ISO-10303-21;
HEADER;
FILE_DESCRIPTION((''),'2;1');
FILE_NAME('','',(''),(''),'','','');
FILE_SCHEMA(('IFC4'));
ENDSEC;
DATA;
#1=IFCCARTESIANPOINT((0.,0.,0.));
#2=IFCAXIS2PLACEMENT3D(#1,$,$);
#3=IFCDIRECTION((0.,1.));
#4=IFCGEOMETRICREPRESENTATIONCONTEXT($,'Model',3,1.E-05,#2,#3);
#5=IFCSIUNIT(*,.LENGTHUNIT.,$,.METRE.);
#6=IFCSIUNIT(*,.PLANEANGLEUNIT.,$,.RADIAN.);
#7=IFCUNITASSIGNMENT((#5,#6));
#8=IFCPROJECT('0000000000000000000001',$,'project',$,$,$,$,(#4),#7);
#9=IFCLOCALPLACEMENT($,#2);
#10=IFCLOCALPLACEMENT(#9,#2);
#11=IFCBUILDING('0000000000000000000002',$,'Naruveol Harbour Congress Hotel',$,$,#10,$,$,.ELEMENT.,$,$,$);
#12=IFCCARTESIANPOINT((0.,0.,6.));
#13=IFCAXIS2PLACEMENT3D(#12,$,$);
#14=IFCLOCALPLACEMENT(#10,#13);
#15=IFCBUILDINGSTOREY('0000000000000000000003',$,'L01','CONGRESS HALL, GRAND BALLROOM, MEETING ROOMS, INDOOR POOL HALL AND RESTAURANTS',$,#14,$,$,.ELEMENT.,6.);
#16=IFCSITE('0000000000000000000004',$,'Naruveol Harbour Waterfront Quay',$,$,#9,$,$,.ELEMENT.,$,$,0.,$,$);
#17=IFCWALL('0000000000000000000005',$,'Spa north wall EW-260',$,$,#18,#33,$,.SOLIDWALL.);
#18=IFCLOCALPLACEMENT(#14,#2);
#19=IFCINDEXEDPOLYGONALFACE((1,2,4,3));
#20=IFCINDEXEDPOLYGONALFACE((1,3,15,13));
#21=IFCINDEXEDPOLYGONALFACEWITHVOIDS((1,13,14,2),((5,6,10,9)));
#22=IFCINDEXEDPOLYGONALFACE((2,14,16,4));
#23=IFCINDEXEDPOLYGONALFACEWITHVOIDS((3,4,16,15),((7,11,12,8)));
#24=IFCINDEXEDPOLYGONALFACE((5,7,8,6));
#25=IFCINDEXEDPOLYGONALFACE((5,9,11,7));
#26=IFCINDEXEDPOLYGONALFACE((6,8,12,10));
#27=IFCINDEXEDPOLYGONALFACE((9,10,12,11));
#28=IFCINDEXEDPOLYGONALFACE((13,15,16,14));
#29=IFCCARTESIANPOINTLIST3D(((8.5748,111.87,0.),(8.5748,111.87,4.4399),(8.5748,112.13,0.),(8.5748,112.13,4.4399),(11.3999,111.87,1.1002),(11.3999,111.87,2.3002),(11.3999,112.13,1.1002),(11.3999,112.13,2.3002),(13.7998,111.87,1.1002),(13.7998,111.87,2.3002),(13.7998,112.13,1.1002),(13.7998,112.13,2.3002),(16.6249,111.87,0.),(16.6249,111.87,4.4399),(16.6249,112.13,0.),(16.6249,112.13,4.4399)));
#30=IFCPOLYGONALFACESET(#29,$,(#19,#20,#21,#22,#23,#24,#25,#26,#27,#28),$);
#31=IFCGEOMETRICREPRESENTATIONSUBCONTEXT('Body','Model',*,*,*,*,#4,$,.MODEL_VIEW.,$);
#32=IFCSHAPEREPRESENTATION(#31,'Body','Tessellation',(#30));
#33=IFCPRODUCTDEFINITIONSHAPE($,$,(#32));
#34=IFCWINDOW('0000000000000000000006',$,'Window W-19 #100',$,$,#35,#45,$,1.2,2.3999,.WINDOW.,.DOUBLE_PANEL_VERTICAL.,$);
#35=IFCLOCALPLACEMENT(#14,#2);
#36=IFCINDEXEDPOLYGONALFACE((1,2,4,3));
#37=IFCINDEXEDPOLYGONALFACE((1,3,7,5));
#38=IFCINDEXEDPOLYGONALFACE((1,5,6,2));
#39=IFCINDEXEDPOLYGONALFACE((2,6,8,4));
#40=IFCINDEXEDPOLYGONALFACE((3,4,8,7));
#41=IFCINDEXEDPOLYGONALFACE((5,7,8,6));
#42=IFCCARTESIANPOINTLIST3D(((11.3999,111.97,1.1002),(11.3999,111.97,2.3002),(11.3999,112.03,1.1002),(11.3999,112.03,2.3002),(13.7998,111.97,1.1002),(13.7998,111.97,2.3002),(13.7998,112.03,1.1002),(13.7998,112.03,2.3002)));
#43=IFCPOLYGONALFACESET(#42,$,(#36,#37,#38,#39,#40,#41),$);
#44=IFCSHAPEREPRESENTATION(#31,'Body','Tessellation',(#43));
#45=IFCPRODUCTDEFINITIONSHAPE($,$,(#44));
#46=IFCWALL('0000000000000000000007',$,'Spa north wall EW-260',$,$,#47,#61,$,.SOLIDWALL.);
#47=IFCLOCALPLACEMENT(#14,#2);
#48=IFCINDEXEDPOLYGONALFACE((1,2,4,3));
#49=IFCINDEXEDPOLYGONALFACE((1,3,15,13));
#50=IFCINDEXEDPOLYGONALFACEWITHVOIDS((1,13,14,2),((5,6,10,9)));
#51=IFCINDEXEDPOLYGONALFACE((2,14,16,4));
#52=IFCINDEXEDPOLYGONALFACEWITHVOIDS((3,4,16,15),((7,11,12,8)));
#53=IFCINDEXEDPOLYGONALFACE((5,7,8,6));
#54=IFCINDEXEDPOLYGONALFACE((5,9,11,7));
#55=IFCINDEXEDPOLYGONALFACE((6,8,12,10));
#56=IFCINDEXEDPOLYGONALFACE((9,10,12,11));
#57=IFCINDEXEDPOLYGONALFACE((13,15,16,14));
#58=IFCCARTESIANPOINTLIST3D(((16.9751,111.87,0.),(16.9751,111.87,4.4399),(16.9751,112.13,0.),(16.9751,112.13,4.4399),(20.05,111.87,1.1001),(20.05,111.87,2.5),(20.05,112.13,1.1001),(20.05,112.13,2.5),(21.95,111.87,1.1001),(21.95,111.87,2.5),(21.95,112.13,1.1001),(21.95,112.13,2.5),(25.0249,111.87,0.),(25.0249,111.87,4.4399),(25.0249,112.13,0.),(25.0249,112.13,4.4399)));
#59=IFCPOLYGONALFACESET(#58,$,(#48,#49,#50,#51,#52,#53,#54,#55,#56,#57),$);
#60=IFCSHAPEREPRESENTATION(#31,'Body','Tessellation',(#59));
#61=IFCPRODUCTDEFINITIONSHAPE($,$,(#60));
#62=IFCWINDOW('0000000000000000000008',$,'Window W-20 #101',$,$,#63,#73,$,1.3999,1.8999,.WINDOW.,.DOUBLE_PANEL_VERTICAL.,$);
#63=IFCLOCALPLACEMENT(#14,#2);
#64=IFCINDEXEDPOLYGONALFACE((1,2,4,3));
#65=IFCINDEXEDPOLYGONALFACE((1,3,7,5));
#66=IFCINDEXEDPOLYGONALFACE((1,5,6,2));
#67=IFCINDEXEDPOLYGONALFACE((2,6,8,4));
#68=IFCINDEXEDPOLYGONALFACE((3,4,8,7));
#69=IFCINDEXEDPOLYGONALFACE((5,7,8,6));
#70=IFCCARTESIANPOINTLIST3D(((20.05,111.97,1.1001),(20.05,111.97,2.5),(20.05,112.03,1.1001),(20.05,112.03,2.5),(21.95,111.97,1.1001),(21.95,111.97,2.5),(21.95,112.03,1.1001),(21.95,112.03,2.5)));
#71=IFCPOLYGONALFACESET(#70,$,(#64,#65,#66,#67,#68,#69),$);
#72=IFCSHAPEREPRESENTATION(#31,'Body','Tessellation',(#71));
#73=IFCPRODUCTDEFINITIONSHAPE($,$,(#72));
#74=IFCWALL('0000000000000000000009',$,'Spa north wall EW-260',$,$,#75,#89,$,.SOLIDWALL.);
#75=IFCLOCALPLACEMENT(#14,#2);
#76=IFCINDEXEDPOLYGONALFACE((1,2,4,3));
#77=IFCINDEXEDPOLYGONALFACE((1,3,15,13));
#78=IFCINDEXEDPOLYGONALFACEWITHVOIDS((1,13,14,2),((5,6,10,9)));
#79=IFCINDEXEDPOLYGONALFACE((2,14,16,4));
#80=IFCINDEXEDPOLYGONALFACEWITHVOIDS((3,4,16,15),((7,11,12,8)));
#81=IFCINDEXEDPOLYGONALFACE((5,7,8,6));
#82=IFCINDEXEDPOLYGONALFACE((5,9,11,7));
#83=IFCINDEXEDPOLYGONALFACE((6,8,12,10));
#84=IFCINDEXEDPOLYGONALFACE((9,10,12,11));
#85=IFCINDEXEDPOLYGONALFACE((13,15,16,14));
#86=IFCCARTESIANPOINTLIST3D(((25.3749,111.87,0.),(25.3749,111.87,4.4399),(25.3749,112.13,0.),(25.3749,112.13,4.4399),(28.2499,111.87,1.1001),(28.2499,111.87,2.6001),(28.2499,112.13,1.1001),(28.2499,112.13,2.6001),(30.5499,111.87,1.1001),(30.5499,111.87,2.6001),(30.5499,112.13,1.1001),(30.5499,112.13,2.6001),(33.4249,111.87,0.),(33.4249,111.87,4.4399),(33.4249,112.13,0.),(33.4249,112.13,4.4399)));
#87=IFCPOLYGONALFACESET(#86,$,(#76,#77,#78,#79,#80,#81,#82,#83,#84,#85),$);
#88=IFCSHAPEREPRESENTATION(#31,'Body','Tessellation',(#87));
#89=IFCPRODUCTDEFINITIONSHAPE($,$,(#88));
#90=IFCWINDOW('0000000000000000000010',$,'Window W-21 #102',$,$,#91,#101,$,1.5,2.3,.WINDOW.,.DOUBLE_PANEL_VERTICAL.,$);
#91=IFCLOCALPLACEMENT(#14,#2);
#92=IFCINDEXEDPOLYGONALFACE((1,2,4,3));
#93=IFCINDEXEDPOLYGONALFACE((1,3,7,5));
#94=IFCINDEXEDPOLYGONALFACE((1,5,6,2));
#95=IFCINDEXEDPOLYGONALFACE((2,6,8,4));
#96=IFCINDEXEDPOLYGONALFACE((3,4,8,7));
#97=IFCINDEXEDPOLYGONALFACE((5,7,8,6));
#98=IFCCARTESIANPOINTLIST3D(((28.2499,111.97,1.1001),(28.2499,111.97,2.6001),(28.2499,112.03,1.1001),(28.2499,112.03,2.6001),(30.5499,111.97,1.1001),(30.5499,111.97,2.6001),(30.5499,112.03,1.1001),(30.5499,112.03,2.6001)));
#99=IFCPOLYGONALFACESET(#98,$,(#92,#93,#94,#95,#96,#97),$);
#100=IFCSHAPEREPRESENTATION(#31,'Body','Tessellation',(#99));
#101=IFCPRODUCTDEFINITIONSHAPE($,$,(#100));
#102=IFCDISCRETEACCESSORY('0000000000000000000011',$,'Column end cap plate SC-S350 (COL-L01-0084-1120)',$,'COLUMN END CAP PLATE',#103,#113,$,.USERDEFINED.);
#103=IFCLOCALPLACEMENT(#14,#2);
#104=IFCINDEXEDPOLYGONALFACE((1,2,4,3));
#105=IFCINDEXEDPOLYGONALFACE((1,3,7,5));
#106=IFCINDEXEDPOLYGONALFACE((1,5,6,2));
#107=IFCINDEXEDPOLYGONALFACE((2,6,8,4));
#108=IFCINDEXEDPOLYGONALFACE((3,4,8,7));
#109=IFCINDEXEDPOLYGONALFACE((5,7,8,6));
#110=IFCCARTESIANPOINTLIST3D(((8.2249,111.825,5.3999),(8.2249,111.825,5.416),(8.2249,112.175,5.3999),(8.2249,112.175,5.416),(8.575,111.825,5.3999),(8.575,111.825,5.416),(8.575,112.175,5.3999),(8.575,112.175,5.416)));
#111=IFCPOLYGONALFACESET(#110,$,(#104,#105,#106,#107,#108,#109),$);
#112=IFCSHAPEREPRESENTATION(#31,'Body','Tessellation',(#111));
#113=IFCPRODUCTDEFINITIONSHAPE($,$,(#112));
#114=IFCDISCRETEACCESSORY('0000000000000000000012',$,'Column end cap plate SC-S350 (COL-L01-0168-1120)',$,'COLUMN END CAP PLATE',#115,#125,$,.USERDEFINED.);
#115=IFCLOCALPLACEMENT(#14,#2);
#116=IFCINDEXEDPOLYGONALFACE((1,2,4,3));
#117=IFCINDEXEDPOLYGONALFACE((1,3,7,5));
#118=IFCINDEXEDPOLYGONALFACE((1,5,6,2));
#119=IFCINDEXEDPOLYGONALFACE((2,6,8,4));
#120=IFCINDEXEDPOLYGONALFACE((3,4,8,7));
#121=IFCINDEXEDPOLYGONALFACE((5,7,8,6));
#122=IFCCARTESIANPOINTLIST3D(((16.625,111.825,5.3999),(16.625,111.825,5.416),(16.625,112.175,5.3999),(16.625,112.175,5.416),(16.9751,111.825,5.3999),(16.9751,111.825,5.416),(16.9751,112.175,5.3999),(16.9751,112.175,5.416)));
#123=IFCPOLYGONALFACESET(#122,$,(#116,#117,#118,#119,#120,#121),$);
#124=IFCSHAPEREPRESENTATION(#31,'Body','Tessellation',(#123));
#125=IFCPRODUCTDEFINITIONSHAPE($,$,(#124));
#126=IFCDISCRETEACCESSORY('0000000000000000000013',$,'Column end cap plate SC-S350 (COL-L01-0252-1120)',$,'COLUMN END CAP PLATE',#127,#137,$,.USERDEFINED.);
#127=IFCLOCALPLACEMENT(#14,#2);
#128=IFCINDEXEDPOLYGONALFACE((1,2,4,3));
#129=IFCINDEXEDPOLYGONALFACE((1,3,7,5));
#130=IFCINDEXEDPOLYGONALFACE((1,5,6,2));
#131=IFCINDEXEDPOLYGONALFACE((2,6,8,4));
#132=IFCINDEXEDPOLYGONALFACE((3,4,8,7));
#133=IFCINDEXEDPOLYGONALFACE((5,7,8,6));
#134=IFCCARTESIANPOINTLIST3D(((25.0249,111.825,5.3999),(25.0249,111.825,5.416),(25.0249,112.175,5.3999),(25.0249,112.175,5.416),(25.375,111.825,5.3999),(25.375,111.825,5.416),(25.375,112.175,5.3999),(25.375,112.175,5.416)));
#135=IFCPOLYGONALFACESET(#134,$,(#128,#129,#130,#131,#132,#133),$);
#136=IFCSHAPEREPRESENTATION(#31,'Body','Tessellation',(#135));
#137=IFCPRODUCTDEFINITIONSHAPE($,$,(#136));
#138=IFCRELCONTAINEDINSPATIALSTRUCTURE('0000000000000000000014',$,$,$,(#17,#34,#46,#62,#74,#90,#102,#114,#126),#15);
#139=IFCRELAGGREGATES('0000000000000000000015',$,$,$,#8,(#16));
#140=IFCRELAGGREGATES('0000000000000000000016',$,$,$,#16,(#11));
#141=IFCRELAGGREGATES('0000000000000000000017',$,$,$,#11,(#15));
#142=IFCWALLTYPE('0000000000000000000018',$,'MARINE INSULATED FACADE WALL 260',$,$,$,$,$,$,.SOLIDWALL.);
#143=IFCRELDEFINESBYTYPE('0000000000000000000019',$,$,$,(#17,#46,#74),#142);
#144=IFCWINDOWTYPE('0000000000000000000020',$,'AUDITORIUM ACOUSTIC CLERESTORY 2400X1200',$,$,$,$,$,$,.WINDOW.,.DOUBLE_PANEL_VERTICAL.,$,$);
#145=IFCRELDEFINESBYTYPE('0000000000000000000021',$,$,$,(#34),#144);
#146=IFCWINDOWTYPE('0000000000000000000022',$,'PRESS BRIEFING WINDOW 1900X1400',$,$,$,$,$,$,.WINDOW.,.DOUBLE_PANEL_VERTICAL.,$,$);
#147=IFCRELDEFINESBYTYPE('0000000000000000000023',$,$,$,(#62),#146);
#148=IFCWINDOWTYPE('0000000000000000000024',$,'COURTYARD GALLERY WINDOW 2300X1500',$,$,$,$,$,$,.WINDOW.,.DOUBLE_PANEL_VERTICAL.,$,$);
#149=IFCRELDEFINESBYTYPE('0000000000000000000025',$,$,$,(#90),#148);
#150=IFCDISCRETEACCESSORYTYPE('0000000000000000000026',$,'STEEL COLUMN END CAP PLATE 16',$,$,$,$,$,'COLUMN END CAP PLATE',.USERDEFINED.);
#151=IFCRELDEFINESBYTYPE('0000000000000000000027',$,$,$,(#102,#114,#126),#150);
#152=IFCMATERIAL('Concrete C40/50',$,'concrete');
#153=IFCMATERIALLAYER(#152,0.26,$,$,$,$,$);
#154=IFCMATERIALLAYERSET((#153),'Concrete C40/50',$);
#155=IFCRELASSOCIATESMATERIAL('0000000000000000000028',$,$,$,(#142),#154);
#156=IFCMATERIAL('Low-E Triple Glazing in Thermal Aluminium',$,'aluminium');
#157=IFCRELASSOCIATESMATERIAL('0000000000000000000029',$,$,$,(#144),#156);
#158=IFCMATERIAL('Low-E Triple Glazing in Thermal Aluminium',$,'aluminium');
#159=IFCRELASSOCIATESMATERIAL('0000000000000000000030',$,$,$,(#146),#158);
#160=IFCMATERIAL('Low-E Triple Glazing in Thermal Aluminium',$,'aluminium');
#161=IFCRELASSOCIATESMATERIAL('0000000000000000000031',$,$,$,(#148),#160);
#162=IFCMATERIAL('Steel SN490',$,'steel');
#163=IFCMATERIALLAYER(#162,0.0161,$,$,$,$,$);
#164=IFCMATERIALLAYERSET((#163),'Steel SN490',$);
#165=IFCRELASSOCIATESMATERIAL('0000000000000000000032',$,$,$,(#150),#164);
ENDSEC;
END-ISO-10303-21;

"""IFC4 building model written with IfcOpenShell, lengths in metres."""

from ifc_helpers import new_model, si_unit, direction, frame, frame_2d, origin, origin_2d, place, context, subcontext, project, spatial, rectangle, extrude, material, layer, layer_set, type_object, element, fill, save


model = new_model("IFC4")

# Units and contexts
model_context = context("Model", 3, precision=1e-05, world=origin(), true_north=direction((0.0, 1.0)))
body_context = subcontext(model_context, "Body", "Model", "MODEL_VIEW")
ifc_project = project(units=[si_unit("LENGTHUNIT", "METRE"), si_unit("PLANEANGLEUNIT", "RADIAN")], contexts=[model_context])

# Site, building, storey
site_placement = place(None, origin())
site = spatial("IfcSite", under=ifc_project, at=site_placement, Name="Naruveol Harbour Waterfront Quay", CompositionType="ELEMENT", RefElevation=0.0)
building_placement = place(site_placement, origin())
building = spatial("IfcBuilding", under=site, at=building_placement, Name="Naruveol Harbour Congress Hotel", CompositionType="ELEMENT")
storey_placement = place(building_placement, frame((0.0, 0.0, 6.0)))
storey = spatial("IfcBuildingStorey", under=building, at=storey_placement, Name="L01", Description="CONGRESS HALL, GRAND BALLROOM, MEETING ROOMS, INDOOR POOL HALL AND RESTAURANTS", CompositionType="ELEMENT", Elevation=6.0)

# Walls, openings, windows
ifc_material_1 = material(Name="Concrete C40/50", Category="concrete")
ifc_layer_1 = layer(ifc_material_1, 0.26)
ifc_layer_set_1 = layer_set([ifc_layer_1], Name="Concrete C40/50")
wall_type_1 = type_object("IfcWallType", Name="MARINE INSULATED FACADE WALL 260", PredefinedType="SOLIDWALL", material=ifc_layer_set_1)
wall_1_placement = place(storey_placement, frame((8.575, 112.0, 0.0), z_axis=(0.0, 0.0, 1.0), x_axis=(1.0, 0.0, 0.0)))
wall_1 = element("IfcWall", 1, at=wall_1_placement, inside=storey, type_object=wall_type_1, Name="Spa north wall EW-260", PredefinedType="SOLIDWALL", context=body_context, shape_type="SweptSolid", body=[
    extrude(rectangle(XDim=8.05, YDim=0.26, at=frame_2d((4.0249, 0.0))), origin(), (0.0, 0.0, 1.0), 4.4399),
])
opening_1_placement = place(wall_1_placement, frame((2.825, 0.0, 1.1001)))
opening_1 = element("IfcOpeningElement", 2, at=opening_1_placement, cuts=wall_1, PredefinedType="OPENING", context=body_context, shape_type="SweptSolid", body=[
    extrude(rectangle(XDim=2.3999, YDim=1.2, at=frame_2d((1.2, 0.6001))), frame((0.0, 0.1399, 0.0), z_axis=(0.0, -1.0, 0.0), x_axis=(1.0, 0.0, 0.0)), (0.0, 0.0, 1.0), 0.28),
])
ifc_material_2 = material(Name="Low-E Triple Glazing in Thermal Aluminium", Category="aluminium")
window_type_1 = type_object("IfcWindowType", Name="AUDITORIUM ACOUSTIC CLERESTORY 2400X1200", PartitioningType="DOUBLE_PANEL_VERTICAL", PredefinedType="WINDOW", material=ifc_material_2)
window_1_placement = place(opening_1_placement, origin())
window_1 = element("IfcWindow", 3, at=window_1_placement, inside=storey, type_object=window_type_1, Name="Window W-19 #100", OverallHeight=1.2, OverallWidth=2.3999, PartitioningType="DOUBLE_PANEL_VERTICAL", PredefinedType="WINDOW", context=body_context, shape_type="SweptSolid", body=[
    extrude(rectangle(XDim=2.3999, YDim=1.2, at=frame_2d((1.2, 0.6001))), frame((0.0, 0.03, 0.0), z_axis=(0.0, -1.0, 0.0), x_axis=(1.0, 0.0, 0.0)), (0.0, 0.0, 1.0), 0.0601),
])
fill(opening_1, window_1)
wall_2_placement = place(storey_placement, frame((16.9751, 112.0, 0.0), z_axis=(0.0, 0.0, 1.0), x_axis=(1.0, 0.0, 0.0)))
wall_2 = element("IfcWall", 4, at=wall_2_placement, inside=storey, type_object=wall_type_1, Name="Spa north wall EW-260", PredefinedType="SOLIDWALL", context=body_context, shape_type="SweptSolid", body=[
    extrude(rectangle(XDim=8.0498, YDim=0.26, at=frame_2d((4.0249, 0.0))), origin(), (0.0, 0.0, 1.0), 4.4399),
])
opening_2_placement = place(wall_2_placement, frame((3.075, 0.0, 1.1001)))
opening_2 = element("IfcOpeningElement", 5, at=opening_2_placement, cuts=wall_2, PredefinedType="OPENING", context=body_context, shape_type="SweptSolid", body=[
    extrude(rectangle(XDim=1.8999, YDim=1.3999, at=frame_2d((0.95, 0.7))), frame((0.0, 0.1399, 0.0), z_axis=(0.0, -1.0, 0.0), x_axis=(1.0, 0.0, 0.0)), (0.0, 0.0, 1.0), 0.28),
])
ifc_material_3 = material(Name="Low-E Triple Glazing in Thermal Aluminium", Category="aluminium")
window_type_2 = type_object("IfcWindowType", Name="PRESS BRIEFING WINDOW 1900X1400", PartitioningType="DOUBLE_PANEL_VERTICAL", PredefinedType="WINDOW", material=ifc_material_3)
window_2_placement = place(opening_2_placement, origin())
window_2 = element("IfcWindow", 6, at=window_2_placement, inside=storey, type_object=window_type_2, Name="Window W-20 #101", OverallHeight=1.3999, OverallWidth=1.8999, PartitioningType="DOUBLE_PANEL_VERTICAL", PredefinedType="WINDOW", context=body_context, shape_type="SweptSolid", body=[
    extrude(rectangle(XDim=1.8999, YDim=1.3999, at=frame_2d((0.95, 0.7))), frame((0.0, 0.03, 0.0), z_axis=(0.0, -1.0, 0.0), x_axis=(1.0, 0.0, 0.0)), (0.0, 0.0, 1.0), 0.0601),
])
fill(opening_2, window_2)
wall_3_placement = place(storey_placement, frame((25.375, 112.0, 0.0), z_axis=(0.0, 0.0, 1.0), x_axis=(1.0, 0.0, 0.0)))
wall_3 = element("IfcWall", 7, at=wall_3_placement, inside=storey, type_object=wall_type_1, Name="Spa north wall EW-260", PredefinedType="SOLIDWALL", context=body_context, shape_type="SweptSolid", body=[
    extrude(rectangle(XDim=8.05, YDim=0.26, at=frame_2d((4.0249, 0.0))), origin(), (0.0, 0.0, 1.0), 4.4399),
])
opening_3_placement = place(wall_3_placement, frame((2.875, 0.0, 1.1001)))
opening_3 = element("IfcOpeningElement", 8, at=opening_3_placement, cuts=wall_3, PredefinedType="OPENING", context=body_context, shape_type="SweptSolid", body=[
    extrude(rectangle(XDim=2.3, YDim=1.5, at=frame_2d((1.1499, 0.75))), frame((0.0, 0.1399, 0.0), z_axis=(0.0, -1.0, 0.0), x_axis=(1.0, 0.0, 0.0)), (0.0, 0.0, 1.0), 0.28),
])
ifc_material_4 = material(Name="Low-E Triple Glazing in Thermal Aluminium", Category="aluminium")
window_type_3 = type_object("IfcWindowType", Name="COURTYARD GALLERY WINDOW 2300X1500", PartitioningType="DOUBLE_PANEL_VERTICAL", PredefinedType="WINDOW", material=ifc_material_4)
window_3_placement = place(opening_3_placement, origin())
window_3 = element("IfcWindow", 9, at=window_3_placement, inside=storey, type_object=window_type_3, Name="Window W-21 #102", OverallHeight=1.5, OverallWidth=2.3, PartitioningType="DOUBLE_PANEL_VERTICAL", PredefinedType="WINDOW", context=body_context, shape_type="SweptSolid", body=[
    extrude(rectangle(XDim=2.3, YDim=1.5, at=frame_2d((1.1499, 0.75))), frame((0.0, 0.03, 0.0), z_axis=(0.0, -1.0, 0.0), x_axis=(1.0, 0.0, 0.0)), (0.0, 0.0, 1.0), 0.0601),
])
fill(opening_3, window_3)

# Discrete accessories
ifc_material_5 = material(Name="Steel SN490", Category="steel")
ifc_layer_2 = layer(ifc_material_5, 0.0161)
ifc_layer_set_2 = layer_set([ifc_layer_2], Name="Steel SN490")
discrete_accessory_type = type_object("IfcDiscreteAccessoryType", Name="STEEL COLUMN END CAP PLATE 16", ElementType="COLUMN END CAP PLATE", PredefinedType="USERDEFINED", material=ifc_layer_set_2)
for number, where, z_axis, x_axis, name in (
    (10, (8.3999, 112.0, 5.3999), (0.0, 0.0, 1.0), (1.0, 0.0, 0.0), "Column end cap plate SC-S350 (COL-L01-0084-1120)"),
    (11, (16.8, 112.0, 5.3999), (0.0, 0.0, 1.0), (1.0, 0.0, 0.0), "Column end cap plate SC-S350 (COL-L01-0168-1120)"),
    (12, (25.2, 112.0, 5.3999), (0.0, 0.0, 1.0), (1.0, 0.0, 0.0), "Column end cap plate SC-S350 (COL-L01-0252-1120)"),
):
    element("IfcDiscreteAccessory", number, at=place(storey_placement, frame(where, z_axis=z_axis, x_axis=x_axis)), inside=storey, type_object=discrete_accessory_type, Name=name, ObjectType="COLUMN END CAP PLATE", PredefinedType="USERDEFINED", context=body_context, shape_type="SweptSolid", body=[
        extrude(rectangle(XDim=0.3501, YDim=0.3501, at=origin_2d()), origin(), (0.0, 0.0, 1.0), 0.0161),
    ])

save(model, "model.ifc")
